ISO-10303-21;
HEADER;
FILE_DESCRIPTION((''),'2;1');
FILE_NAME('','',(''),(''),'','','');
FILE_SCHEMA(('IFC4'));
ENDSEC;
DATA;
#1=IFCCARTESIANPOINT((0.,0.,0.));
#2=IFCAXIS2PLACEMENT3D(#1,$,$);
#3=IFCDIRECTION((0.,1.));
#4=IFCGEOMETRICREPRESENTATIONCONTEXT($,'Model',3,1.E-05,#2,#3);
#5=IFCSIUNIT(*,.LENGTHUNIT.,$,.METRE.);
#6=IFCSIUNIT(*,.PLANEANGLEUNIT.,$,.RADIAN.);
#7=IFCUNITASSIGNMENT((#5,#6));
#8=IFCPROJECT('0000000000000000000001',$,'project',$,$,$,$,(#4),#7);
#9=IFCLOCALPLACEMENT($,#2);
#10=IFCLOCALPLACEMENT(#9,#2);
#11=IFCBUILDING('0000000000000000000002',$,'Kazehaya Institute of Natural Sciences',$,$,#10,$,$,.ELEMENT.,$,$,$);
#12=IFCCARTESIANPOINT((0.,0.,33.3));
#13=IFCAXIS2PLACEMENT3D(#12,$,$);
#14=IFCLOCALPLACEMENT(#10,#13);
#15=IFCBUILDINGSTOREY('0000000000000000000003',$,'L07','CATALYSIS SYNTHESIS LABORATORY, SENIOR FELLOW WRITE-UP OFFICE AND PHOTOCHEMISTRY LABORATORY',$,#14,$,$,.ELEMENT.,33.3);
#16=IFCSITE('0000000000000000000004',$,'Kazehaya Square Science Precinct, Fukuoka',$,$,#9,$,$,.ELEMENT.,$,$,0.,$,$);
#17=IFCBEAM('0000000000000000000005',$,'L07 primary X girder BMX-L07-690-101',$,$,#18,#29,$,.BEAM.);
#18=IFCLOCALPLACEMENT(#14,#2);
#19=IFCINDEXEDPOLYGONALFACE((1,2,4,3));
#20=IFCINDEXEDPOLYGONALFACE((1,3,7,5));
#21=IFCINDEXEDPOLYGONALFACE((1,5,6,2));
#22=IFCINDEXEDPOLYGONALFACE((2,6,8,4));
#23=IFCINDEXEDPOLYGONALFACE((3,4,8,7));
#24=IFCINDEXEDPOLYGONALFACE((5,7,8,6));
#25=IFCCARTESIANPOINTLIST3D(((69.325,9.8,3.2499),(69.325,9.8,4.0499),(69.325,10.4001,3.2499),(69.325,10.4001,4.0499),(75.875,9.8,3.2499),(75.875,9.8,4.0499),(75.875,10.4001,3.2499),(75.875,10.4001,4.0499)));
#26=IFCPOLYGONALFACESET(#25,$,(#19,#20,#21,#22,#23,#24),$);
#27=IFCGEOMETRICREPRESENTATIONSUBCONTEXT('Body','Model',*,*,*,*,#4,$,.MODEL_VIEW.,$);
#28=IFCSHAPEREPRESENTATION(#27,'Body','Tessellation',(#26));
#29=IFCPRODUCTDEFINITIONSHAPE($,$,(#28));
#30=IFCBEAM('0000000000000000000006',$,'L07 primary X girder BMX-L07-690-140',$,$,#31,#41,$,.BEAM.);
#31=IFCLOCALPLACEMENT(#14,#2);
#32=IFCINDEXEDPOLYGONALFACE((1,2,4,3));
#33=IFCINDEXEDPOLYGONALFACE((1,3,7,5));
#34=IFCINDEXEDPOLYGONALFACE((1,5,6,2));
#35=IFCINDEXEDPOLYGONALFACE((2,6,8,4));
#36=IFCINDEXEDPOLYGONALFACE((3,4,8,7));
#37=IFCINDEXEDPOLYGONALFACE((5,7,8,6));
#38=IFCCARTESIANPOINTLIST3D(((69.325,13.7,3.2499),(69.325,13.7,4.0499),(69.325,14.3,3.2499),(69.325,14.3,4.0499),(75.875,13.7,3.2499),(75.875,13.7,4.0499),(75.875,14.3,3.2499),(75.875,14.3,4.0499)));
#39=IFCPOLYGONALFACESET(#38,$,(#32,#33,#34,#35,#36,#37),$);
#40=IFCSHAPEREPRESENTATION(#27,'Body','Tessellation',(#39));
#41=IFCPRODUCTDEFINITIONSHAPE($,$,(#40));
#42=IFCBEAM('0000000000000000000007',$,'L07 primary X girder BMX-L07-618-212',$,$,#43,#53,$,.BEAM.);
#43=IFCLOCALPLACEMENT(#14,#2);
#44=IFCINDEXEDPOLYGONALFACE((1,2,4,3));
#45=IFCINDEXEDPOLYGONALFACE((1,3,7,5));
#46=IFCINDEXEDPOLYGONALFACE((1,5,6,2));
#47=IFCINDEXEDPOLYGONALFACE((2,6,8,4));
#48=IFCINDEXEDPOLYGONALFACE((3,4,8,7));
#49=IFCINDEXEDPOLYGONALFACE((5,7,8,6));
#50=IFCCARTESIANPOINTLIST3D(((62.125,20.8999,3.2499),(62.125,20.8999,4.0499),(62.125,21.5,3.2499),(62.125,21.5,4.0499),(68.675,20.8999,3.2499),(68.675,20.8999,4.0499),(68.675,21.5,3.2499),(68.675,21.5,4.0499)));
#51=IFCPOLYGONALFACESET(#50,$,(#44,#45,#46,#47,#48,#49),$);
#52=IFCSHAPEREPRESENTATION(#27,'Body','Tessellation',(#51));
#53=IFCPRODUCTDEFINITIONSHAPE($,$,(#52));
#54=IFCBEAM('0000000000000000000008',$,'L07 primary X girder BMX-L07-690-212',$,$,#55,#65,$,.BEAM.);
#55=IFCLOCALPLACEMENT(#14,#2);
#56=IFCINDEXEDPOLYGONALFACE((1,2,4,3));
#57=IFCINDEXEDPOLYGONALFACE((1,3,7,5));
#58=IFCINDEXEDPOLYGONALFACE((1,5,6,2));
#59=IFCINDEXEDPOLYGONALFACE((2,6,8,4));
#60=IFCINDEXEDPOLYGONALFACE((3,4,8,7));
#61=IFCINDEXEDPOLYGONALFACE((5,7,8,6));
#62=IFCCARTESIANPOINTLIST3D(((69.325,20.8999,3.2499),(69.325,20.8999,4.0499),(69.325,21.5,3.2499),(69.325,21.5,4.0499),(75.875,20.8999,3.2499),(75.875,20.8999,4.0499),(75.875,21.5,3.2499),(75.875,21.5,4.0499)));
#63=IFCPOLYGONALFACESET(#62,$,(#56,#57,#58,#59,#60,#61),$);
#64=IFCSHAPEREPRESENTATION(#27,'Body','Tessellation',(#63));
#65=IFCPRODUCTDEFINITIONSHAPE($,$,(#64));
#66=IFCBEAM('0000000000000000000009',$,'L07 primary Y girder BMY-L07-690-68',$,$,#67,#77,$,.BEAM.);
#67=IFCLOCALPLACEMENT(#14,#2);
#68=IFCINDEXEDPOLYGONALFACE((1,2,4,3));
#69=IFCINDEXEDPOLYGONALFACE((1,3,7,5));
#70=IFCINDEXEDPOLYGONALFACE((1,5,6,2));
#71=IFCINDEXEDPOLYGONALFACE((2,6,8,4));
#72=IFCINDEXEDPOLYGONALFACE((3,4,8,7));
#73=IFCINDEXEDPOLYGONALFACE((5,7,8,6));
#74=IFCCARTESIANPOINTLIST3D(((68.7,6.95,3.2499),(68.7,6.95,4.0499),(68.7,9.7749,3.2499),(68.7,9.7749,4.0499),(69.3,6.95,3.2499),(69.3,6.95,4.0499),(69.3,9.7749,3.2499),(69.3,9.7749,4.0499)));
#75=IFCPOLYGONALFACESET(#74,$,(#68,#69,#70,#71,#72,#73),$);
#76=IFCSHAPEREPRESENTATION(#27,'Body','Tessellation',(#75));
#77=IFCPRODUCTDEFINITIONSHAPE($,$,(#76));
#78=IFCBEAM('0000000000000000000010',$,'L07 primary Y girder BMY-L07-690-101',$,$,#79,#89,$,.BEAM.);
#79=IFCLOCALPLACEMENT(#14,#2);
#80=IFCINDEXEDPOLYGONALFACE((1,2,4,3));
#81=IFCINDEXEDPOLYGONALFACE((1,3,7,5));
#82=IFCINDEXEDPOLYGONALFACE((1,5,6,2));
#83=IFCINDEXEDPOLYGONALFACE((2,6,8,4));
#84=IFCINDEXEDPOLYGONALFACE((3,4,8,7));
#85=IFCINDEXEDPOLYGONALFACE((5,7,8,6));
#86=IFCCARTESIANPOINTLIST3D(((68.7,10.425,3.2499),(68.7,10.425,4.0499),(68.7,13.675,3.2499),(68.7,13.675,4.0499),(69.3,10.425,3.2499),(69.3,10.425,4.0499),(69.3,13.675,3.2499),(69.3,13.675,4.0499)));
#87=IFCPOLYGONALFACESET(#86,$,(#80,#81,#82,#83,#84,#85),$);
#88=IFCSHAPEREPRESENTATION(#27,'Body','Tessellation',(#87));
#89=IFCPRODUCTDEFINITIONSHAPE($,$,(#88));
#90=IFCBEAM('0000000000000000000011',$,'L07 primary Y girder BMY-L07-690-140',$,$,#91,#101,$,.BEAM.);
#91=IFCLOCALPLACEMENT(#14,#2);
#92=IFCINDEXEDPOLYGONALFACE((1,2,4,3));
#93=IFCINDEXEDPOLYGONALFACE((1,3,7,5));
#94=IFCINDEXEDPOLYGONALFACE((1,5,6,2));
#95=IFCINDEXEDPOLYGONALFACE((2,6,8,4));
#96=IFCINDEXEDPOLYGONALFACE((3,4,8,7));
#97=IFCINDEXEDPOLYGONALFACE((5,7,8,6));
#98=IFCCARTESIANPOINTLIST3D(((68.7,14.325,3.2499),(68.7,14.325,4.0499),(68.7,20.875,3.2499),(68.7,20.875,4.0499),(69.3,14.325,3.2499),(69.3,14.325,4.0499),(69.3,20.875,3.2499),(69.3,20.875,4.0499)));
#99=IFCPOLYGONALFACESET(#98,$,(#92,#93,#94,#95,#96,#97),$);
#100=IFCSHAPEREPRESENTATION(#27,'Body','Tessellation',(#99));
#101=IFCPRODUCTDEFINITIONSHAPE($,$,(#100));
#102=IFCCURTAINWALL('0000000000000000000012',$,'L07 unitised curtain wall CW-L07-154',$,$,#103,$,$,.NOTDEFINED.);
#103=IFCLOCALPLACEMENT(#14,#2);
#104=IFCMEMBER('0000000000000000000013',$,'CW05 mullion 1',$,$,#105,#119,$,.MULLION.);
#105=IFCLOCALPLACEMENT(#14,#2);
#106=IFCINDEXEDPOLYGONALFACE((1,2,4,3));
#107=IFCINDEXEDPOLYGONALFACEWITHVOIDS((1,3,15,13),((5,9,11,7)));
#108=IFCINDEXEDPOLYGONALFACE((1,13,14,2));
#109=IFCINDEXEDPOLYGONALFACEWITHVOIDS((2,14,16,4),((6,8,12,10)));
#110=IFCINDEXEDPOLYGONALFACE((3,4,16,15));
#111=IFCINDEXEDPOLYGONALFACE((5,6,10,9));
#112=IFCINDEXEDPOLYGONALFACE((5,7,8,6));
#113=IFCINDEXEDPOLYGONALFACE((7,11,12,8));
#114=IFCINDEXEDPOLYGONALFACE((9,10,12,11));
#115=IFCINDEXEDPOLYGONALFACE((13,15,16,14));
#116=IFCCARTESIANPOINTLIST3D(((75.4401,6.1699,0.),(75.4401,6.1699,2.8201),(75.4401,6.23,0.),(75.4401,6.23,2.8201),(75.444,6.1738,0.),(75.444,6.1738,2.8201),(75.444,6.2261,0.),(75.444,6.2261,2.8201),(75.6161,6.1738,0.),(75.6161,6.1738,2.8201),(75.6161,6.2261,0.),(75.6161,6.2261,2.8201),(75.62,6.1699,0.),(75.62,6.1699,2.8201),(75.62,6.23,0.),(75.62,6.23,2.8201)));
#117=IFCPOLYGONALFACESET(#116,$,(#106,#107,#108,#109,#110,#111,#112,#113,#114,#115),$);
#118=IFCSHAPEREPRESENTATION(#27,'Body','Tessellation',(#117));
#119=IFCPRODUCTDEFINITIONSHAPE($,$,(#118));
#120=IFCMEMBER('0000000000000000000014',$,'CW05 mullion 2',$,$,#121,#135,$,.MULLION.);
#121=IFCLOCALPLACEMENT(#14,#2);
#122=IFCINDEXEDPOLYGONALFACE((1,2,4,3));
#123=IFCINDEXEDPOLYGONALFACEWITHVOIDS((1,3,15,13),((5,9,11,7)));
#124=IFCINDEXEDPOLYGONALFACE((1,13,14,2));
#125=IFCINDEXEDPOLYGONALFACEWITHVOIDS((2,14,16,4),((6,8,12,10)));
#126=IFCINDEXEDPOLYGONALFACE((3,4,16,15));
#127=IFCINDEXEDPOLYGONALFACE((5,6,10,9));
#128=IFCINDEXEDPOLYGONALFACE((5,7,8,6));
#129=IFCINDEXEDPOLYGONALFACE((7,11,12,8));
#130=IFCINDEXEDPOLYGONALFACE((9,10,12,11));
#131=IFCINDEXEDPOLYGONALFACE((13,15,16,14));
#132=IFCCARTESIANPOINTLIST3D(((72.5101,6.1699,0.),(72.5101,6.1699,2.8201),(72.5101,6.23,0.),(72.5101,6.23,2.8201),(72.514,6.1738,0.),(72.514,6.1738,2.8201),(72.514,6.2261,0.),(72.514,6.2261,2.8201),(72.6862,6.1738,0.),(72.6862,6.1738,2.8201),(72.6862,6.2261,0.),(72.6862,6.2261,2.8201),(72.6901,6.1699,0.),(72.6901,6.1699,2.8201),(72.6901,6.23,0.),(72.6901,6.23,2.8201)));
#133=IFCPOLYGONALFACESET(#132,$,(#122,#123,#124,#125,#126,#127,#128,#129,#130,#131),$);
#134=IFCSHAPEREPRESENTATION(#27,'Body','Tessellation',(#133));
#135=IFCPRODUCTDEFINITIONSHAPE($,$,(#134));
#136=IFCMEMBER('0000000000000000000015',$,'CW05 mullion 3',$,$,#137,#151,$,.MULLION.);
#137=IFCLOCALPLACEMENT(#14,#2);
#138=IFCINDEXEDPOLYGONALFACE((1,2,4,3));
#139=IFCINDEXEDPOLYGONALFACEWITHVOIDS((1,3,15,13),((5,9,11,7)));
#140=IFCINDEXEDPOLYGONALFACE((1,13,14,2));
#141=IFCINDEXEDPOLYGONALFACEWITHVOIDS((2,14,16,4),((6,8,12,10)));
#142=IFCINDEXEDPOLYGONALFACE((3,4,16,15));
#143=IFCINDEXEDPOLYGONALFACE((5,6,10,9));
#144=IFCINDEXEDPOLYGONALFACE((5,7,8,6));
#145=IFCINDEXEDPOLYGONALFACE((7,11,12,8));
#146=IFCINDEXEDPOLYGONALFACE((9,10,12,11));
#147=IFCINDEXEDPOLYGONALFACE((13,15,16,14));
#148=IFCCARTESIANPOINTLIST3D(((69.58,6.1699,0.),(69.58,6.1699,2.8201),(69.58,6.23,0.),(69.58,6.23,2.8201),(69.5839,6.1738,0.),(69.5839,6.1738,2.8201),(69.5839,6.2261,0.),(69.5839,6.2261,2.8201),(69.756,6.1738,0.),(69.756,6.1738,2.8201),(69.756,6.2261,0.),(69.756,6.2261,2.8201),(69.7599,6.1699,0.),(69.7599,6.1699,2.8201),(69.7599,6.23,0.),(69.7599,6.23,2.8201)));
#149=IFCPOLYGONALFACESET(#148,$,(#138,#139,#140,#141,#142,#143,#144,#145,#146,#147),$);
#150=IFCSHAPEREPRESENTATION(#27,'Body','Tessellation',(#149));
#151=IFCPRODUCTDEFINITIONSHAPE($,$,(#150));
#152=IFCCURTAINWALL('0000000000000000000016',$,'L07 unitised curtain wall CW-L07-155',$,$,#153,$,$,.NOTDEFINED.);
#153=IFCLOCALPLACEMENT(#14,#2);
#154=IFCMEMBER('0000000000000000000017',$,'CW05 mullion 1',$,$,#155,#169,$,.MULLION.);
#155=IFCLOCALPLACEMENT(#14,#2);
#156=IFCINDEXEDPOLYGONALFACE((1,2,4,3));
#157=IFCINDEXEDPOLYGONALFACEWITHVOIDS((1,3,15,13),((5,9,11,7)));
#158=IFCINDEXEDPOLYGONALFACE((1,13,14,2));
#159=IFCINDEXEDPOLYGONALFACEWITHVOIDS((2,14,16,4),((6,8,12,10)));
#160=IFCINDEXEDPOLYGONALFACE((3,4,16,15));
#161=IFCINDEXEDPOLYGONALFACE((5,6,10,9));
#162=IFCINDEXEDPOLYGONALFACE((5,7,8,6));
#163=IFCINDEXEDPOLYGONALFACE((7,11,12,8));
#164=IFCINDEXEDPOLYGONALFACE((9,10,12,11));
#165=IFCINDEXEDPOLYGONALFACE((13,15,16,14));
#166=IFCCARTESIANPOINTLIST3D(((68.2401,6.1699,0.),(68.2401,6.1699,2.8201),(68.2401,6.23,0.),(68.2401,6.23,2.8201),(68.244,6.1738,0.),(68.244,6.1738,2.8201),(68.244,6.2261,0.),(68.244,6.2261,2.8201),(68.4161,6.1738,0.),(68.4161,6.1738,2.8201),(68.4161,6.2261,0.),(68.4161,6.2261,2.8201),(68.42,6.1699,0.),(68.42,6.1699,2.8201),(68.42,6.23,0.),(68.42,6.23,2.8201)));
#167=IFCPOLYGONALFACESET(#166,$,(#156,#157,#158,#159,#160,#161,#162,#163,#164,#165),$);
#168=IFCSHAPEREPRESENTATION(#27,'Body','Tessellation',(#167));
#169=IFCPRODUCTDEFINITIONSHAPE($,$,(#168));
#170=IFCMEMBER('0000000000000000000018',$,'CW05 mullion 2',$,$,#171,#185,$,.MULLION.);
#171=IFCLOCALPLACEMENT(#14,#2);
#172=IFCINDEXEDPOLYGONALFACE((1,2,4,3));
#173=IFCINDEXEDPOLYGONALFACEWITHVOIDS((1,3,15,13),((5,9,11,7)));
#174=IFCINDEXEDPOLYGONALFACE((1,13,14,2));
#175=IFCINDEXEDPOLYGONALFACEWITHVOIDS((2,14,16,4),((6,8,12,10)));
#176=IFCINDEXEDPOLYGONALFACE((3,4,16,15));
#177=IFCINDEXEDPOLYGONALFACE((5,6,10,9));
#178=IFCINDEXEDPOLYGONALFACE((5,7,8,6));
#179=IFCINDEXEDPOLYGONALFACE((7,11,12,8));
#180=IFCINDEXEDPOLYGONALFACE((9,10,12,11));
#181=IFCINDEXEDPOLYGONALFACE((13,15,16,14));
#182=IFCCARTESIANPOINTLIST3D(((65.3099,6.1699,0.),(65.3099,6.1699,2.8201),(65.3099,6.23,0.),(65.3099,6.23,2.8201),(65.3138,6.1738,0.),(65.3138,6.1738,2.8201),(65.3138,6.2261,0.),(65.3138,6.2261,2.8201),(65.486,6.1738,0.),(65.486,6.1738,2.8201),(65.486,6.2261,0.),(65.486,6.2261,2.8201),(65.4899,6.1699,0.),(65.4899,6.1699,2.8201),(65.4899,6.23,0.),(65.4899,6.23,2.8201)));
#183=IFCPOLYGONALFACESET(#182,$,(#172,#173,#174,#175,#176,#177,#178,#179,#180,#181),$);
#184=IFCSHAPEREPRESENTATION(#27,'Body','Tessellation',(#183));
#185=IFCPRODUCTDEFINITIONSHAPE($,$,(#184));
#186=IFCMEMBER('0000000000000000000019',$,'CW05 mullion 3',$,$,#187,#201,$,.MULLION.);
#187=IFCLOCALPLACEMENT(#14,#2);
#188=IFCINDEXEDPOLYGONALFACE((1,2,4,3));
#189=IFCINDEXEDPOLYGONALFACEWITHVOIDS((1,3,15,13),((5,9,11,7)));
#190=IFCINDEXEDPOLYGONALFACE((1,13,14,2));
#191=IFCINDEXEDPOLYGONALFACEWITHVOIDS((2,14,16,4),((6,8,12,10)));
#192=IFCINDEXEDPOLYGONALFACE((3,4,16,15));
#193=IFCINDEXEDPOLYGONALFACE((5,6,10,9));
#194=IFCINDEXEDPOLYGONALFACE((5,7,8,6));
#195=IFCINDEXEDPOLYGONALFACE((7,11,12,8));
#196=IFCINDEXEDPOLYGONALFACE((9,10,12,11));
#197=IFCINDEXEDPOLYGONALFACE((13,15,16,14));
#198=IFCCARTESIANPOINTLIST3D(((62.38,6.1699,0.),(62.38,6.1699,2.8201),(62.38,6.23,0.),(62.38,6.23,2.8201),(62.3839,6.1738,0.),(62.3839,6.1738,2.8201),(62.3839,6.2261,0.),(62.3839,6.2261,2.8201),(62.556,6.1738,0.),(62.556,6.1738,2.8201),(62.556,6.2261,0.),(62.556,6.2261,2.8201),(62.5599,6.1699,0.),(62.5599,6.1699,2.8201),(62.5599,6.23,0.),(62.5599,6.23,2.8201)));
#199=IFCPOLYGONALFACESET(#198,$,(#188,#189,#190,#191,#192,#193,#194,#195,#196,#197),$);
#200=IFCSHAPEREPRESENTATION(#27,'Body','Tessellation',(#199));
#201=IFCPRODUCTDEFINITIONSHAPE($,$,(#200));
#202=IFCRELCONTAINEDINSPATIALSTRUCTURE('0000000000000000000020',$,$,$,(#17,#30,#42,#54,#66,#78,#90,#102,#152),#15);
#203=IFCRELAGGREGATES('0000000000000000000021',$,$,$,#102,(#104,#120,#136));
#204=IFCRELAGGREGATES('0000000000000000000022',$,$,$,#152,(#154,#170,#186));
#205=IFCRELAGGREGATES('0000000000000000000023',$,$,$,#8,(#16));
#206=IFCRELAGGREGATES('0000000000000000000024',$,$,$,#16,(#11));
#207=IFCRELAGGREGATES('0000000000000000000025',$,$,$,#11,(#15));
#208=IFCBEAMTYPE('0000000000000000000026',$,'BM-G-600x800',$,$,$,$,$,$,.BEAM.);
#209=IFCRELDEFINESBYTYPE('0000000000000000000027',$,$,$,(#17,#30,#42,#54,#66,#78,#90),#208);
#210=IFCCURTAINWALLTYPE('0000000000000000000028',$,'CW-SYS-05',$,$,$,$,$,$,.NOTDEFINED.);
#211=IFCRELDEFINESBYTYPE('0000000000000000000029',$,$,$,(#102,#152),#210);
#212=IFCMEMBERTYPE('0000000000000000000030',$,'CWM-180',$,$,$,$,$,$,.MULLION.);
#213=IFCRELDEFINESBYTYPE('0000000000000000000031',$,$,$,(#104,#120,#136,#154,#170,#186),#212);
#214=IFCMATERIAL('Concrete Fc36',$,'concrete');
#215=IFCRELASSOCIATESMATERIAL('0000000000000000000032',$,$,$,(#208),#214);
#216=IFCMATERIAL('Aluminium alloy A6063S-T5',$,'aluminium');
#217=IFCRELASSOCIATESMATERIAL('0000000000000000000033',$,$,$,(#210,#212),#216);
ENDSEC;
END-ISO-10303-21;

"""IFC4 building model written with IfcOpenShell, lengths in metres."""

from ifc_helpers import new_model, si_unit, direction, frame, origin, origin_2d, place, context, subcontext, project, spatial, rectangle, hollow_rectangle, extrude, material, material_profile, profile_set, type_object, element, aggregate, save


model = new_model("IFC4")

# Units and contexts
model_context = context("Model", 3, precision=1e-05, world=origin(), true_north=direction((0.0, 1.0)))
body_context = subcontext(model_context, "Body", "Model", "MODEL_VIEW")
ifc_project = project(units=[si_unit("LENGTHUNIT", "METRE"), si_unit("PLANEANGLEUNIT", "RADIAN")], contexts=[model_context])

# Site, building, storey
site_placement = place(None, origin())
site = spatial("IfcSite", under=ifc_project, at=site_placement, Name="Kazehaya Square Science Precinct, Fukuoka", CompositionType="ELEMENT", RefElevation=0.0)
building_placement = place(site_placement, origin())
building = spatial("IfcBuilding", under=site, at=building_placement, Name="Kazehaya Institute of Natural Sciences", CompositionType="ELEMENT")
storey_placement = place(building_placement, frame((0.0, 0.0, 33.3)))
storey = spatial("IfcBuildingStorey", under=building, at=storey_placement, Name="L07", Description="CATALYSIS SYNTHESIS LABORATORY, SENIOR FELLOW WRITE-UP OFFICE AND PHOTOCHEMISTRY LABORATORY", CompositionType="ELEMENT", Elevation=33.3)

# Shared definitions
ifc_material_1 = material(Name="Concrete Fc36", Category="concrete")

# Beams
ifc_material_profile_1 = material_profile(ifc_material_1, rectangle(XDim=0.6001, YDim=0.8, at=origin_2d()), Name="RC-600x800")
ifc_profile_set_1 = profile_set([ifc_material_profile_1], Name="Concrete Fc36")
beam_type = type_object("IfcBeamType", Name="BM-G-600x800", PredefinedType="BEAM", material=ifc_profile_set_1)
for number, where, z_axis, x_axis, name in (
    (1, (69.325, 10.1001, 3.6499), (1.0, 0.0, 0.0), (0.0, 1.0, 0.0), "L07 primary X girder BMX-L07-690-101"),
    (2, (69.325, 14.0, 3.6499), (1.0, 0.0, 0.0), (0.0, 1.0, 0.0), "L07 primary X girder BMX-L07-690-140"),
    (3, (62.125, 21.2, 3.6499), (1.0, 0.0, 0.0), (0.0, 1.0, 0.0), "L07 primary X girder BMX-L07-618-212"),
    (4, (69.325, 21.2, 3.6499), (1.0, 0.0, 0.0), (0.0, 1.0, 0.0), "L07 primary X girder BMX-L07-690-212"),
):
    element("IfcBeam", number, at=place(storey_placement, frame(where, z_axis=z_axis, x_axis=x_axis)), inside=storey, type_object=beam_type, Name=name, PredefinedType="BEAM", context=body_context, shape_type="SweptSolid", body=[
        extrude(rectangle(XDim=0.6001, YDim=0.8, at=origin_2d()), origin(), (0.0, 0.0, 1.0), 6.55),
    ])
beam_1_placement = place(storey_placement, frame((69.0, 6.95, 3.6499), z_axis=(0.0, 1.0, 0.0), x_axis=(-1.0, 0.0, 0.0)))
element("IfcBeam", 5, at=beam_1_placement, inside=storey, type_object=beam_type, Name="L07 primary Y girder BMY-L07-690-68", PredefinedType="BEAM", context=body_context, shape_type="SweptSolid", body=[
    extrude(rectangle(XDim=0.6001, YDim=0.8, at=origin_2d()), origin(), (0.0, 0.0, 1.0), 2.825),
])
beam_2_placement = place(storey_placement, frame((69.0, 10.425, 3.6499), z_axis=(0.0, 1.0, 0.0), x_axis=(-1.0, 0.0, 0.0)))
element("IfcBeam", 6, at=beam_2_placement, inside=storey, type_object=beam_type, Name="L07 primary Y girder BMY-L07-690-101", PredefinedType="BEAM", context=body_context, shape_type="SweptSolid", body=[
    extrude(rectangle(XDim=0.6001, YDim=0.8, at=origin_2d()), origin(), (0.0, 0.0, 1.0), 3.25),
])
beam_3_placement = place(storey_placement, frame((69.0, 14.325, 3.6499), z_axis=(0.0, 1.0, 0.0), x_axis=(-1.0, 0.0, 0.0)))
element("IfcBeam", 7, at=beam_3_placement, inside=storey, type_object=beam_type, Name="L07 primary Y girder BMY-L07-690-140", PredefinedType="BEAM", context=body_context, shape_type="SweptSolid", body=[
    extrude(rectangle(XDim=0.6001, YDim=0.8, at=origin_2d()), origin(), (0.0, 0.0, 1.0), 6.55),
])

# Curtain walls, members
ifc_material_2 = material(Name="Aluminium alloy A6063S-T5", Category="aluminium")
curtain_wall_type = type_object("IfcCurtainWallType", Name="CW-SYS-05", PredefinedType="NOTDEFINED", material=ifc_material_2)
curtain_wall_1_placement = place(storey_placement, origin())
curtain_wall_1 = element("IfcCurtainWall", 8, at=curtain_wall_1_placement, inside=storey, type_object=curtain_wall_type, Name="L07 unitised curtain wall CW-L07-154", PredefinedType="NOTDEFINED")
ifc_material_profile_2 = material_profile(ifc_material_2, hollow_rectangle(XDim=0.0601, YDim=0.1799, WallThickness=0.0039, at=origin_2d()), Name="ALU-60x180x4")
ifc_profile_set_2 = profile_set([ifc_material_profile_2], Name="Aluminium alloy A6063S-T5")
member_type_1 = type_object("IfcMemberType", Name="CWM-180", PredefinedType="MULLION", material=ifc_profile_set_2)
member_1_placement = place(storey_placement, frame((75.53, 6.2, 0.0), z_axis=(0.0, 0.0, 1.0), x_axis=(0.0, -1.0, 0.0)))
member_1 = element("IfcMember", 9, at=member_1_placement, type_object=member_type_1, Name="CW05 mullion 1", PredefinedType="MULLION", context=body_context, shape_type="SweptSolid", body=[
    extrude(hollow_rectangle(XDim=0.0601, YDim=0.1799, WallThickness=0.0039, at=origin_2d()), origin(), (0.0, 0.0, 1.0), 2.8201),
])
member_2_placement = place(storey_placement, frame((72.6001, 6.2, 0.0), z_axis=(0.0, 0.0, 1.0), x_axis=(0.0, -1.0, 0.0)))
member_2 = element("IfcMember", 10, at=member_2_placement, type_object=member_type_1, Name="CW05 mullion 2", PredefinedType="MULLION", context=body_context, shape_type="SweptSolid", body=[
    extrude(hollow_rectangle(XDim=0.0601, YDim=0.1799, WallThickness=0.0039, at=origin_2d()), origin(), (0.0, 0.0, 1.0), 2.8201),
])
member_3_placement = place(storey_placement, frame((69.6699, 6.2, 0.0), z_axis=(0.0, 0.0, 1.0), x_axis=(0.0, -1.0, 0.0)))
member_3 = element("IfcMember", 11, at=member_3_placement, type_object=member_type_1, Name="CW05 mullion 3", PredefinedType="MULLION", context=body_context, shape_type="SweptSolid", body=[
    extrude(hollow_rectangle(XDim=0.0601, YDim=0.1799, WallThickness=0.0039, at=origin_2d()), origin(), (0.0, 0.0, 1.0), 2.8201),
])
curtain_wall_2_placement = place(storey_placement, origin())
curtain_wall_2 = element("IfcCurtainWall", 12, at=curtain_wall_2_placement, inside=storey, type_object=curtain_wall_type, Name="L07 unitised curtain wall CW-L07-155", PredefinedType="NOTDEFINED")
member_4_placement = place(storey_placement, frame((68.3301, 6.2, 0.0), z_axis=(0.0, 0.0, 1.0), x_axis=(0.0, -1.0, 0.0)))
member_4 = element("IfcMember", 13, at=member_4_placement, type_object=member_type_1, Name="CW05 mullion 1", PredefinedType="MULLION", context=body_context, shape_type="SweptSolid", body=[
    extrude(hollow_rectangle(XDim=0.0601, YDim=0.1799, WallThickness=0.0039, at=origin_2d()), origin(), (0.0, 0.0, 1.0), 2.8201),
])
member_5_placement = place(storey_placement, frame((65.3999, 6.2, 0.0), z_axis=(0.0, 0.0, 1.0), x_axis=(0.0, -1.0, 0.0)))
member_5 = element("IfcMember", 14, at=member_5_placement, type_object=member_type_1, Name="CW05 mullion 2", PredefinedType="MULLION", context=body_context, shape_type="SweptSolid", body=[
    extrude(hollow_rectangle(XDim=0.0601, YDim=0.1799, WallThickness=0.0039, at=origin_2d()), origin(), (0.0, 0.0, 1.0), 2.8201),
])
member_6_placement = place(storey_placement, frame((62.47, 6.2, 0.0), z_axis=(0.0, 0.0, 1.0), x_axis=(0.0, -1.0, 0.0)))
member_6 = element("IfcMember", 15, at=member_6_placement, type_object=member_type_1, Name="CW05 mullion 3", PredefinedType="MULLION", context=body_context, shape_type="SweptSolid", body=[
    extrude(hollow_rectangle(XDim=0.0601, YDim=0.1799, WallThickness=0.0039, at=origin_2d()), origin(), (0.0, 0.0, 1.0), 2.8201),
])

aggregate(curtain_wall_1, [member_1, member_2, member_3])
aggregate(curtain_wall_2, [member_4, member_5, member_6])

save(model, "model.ifc")
